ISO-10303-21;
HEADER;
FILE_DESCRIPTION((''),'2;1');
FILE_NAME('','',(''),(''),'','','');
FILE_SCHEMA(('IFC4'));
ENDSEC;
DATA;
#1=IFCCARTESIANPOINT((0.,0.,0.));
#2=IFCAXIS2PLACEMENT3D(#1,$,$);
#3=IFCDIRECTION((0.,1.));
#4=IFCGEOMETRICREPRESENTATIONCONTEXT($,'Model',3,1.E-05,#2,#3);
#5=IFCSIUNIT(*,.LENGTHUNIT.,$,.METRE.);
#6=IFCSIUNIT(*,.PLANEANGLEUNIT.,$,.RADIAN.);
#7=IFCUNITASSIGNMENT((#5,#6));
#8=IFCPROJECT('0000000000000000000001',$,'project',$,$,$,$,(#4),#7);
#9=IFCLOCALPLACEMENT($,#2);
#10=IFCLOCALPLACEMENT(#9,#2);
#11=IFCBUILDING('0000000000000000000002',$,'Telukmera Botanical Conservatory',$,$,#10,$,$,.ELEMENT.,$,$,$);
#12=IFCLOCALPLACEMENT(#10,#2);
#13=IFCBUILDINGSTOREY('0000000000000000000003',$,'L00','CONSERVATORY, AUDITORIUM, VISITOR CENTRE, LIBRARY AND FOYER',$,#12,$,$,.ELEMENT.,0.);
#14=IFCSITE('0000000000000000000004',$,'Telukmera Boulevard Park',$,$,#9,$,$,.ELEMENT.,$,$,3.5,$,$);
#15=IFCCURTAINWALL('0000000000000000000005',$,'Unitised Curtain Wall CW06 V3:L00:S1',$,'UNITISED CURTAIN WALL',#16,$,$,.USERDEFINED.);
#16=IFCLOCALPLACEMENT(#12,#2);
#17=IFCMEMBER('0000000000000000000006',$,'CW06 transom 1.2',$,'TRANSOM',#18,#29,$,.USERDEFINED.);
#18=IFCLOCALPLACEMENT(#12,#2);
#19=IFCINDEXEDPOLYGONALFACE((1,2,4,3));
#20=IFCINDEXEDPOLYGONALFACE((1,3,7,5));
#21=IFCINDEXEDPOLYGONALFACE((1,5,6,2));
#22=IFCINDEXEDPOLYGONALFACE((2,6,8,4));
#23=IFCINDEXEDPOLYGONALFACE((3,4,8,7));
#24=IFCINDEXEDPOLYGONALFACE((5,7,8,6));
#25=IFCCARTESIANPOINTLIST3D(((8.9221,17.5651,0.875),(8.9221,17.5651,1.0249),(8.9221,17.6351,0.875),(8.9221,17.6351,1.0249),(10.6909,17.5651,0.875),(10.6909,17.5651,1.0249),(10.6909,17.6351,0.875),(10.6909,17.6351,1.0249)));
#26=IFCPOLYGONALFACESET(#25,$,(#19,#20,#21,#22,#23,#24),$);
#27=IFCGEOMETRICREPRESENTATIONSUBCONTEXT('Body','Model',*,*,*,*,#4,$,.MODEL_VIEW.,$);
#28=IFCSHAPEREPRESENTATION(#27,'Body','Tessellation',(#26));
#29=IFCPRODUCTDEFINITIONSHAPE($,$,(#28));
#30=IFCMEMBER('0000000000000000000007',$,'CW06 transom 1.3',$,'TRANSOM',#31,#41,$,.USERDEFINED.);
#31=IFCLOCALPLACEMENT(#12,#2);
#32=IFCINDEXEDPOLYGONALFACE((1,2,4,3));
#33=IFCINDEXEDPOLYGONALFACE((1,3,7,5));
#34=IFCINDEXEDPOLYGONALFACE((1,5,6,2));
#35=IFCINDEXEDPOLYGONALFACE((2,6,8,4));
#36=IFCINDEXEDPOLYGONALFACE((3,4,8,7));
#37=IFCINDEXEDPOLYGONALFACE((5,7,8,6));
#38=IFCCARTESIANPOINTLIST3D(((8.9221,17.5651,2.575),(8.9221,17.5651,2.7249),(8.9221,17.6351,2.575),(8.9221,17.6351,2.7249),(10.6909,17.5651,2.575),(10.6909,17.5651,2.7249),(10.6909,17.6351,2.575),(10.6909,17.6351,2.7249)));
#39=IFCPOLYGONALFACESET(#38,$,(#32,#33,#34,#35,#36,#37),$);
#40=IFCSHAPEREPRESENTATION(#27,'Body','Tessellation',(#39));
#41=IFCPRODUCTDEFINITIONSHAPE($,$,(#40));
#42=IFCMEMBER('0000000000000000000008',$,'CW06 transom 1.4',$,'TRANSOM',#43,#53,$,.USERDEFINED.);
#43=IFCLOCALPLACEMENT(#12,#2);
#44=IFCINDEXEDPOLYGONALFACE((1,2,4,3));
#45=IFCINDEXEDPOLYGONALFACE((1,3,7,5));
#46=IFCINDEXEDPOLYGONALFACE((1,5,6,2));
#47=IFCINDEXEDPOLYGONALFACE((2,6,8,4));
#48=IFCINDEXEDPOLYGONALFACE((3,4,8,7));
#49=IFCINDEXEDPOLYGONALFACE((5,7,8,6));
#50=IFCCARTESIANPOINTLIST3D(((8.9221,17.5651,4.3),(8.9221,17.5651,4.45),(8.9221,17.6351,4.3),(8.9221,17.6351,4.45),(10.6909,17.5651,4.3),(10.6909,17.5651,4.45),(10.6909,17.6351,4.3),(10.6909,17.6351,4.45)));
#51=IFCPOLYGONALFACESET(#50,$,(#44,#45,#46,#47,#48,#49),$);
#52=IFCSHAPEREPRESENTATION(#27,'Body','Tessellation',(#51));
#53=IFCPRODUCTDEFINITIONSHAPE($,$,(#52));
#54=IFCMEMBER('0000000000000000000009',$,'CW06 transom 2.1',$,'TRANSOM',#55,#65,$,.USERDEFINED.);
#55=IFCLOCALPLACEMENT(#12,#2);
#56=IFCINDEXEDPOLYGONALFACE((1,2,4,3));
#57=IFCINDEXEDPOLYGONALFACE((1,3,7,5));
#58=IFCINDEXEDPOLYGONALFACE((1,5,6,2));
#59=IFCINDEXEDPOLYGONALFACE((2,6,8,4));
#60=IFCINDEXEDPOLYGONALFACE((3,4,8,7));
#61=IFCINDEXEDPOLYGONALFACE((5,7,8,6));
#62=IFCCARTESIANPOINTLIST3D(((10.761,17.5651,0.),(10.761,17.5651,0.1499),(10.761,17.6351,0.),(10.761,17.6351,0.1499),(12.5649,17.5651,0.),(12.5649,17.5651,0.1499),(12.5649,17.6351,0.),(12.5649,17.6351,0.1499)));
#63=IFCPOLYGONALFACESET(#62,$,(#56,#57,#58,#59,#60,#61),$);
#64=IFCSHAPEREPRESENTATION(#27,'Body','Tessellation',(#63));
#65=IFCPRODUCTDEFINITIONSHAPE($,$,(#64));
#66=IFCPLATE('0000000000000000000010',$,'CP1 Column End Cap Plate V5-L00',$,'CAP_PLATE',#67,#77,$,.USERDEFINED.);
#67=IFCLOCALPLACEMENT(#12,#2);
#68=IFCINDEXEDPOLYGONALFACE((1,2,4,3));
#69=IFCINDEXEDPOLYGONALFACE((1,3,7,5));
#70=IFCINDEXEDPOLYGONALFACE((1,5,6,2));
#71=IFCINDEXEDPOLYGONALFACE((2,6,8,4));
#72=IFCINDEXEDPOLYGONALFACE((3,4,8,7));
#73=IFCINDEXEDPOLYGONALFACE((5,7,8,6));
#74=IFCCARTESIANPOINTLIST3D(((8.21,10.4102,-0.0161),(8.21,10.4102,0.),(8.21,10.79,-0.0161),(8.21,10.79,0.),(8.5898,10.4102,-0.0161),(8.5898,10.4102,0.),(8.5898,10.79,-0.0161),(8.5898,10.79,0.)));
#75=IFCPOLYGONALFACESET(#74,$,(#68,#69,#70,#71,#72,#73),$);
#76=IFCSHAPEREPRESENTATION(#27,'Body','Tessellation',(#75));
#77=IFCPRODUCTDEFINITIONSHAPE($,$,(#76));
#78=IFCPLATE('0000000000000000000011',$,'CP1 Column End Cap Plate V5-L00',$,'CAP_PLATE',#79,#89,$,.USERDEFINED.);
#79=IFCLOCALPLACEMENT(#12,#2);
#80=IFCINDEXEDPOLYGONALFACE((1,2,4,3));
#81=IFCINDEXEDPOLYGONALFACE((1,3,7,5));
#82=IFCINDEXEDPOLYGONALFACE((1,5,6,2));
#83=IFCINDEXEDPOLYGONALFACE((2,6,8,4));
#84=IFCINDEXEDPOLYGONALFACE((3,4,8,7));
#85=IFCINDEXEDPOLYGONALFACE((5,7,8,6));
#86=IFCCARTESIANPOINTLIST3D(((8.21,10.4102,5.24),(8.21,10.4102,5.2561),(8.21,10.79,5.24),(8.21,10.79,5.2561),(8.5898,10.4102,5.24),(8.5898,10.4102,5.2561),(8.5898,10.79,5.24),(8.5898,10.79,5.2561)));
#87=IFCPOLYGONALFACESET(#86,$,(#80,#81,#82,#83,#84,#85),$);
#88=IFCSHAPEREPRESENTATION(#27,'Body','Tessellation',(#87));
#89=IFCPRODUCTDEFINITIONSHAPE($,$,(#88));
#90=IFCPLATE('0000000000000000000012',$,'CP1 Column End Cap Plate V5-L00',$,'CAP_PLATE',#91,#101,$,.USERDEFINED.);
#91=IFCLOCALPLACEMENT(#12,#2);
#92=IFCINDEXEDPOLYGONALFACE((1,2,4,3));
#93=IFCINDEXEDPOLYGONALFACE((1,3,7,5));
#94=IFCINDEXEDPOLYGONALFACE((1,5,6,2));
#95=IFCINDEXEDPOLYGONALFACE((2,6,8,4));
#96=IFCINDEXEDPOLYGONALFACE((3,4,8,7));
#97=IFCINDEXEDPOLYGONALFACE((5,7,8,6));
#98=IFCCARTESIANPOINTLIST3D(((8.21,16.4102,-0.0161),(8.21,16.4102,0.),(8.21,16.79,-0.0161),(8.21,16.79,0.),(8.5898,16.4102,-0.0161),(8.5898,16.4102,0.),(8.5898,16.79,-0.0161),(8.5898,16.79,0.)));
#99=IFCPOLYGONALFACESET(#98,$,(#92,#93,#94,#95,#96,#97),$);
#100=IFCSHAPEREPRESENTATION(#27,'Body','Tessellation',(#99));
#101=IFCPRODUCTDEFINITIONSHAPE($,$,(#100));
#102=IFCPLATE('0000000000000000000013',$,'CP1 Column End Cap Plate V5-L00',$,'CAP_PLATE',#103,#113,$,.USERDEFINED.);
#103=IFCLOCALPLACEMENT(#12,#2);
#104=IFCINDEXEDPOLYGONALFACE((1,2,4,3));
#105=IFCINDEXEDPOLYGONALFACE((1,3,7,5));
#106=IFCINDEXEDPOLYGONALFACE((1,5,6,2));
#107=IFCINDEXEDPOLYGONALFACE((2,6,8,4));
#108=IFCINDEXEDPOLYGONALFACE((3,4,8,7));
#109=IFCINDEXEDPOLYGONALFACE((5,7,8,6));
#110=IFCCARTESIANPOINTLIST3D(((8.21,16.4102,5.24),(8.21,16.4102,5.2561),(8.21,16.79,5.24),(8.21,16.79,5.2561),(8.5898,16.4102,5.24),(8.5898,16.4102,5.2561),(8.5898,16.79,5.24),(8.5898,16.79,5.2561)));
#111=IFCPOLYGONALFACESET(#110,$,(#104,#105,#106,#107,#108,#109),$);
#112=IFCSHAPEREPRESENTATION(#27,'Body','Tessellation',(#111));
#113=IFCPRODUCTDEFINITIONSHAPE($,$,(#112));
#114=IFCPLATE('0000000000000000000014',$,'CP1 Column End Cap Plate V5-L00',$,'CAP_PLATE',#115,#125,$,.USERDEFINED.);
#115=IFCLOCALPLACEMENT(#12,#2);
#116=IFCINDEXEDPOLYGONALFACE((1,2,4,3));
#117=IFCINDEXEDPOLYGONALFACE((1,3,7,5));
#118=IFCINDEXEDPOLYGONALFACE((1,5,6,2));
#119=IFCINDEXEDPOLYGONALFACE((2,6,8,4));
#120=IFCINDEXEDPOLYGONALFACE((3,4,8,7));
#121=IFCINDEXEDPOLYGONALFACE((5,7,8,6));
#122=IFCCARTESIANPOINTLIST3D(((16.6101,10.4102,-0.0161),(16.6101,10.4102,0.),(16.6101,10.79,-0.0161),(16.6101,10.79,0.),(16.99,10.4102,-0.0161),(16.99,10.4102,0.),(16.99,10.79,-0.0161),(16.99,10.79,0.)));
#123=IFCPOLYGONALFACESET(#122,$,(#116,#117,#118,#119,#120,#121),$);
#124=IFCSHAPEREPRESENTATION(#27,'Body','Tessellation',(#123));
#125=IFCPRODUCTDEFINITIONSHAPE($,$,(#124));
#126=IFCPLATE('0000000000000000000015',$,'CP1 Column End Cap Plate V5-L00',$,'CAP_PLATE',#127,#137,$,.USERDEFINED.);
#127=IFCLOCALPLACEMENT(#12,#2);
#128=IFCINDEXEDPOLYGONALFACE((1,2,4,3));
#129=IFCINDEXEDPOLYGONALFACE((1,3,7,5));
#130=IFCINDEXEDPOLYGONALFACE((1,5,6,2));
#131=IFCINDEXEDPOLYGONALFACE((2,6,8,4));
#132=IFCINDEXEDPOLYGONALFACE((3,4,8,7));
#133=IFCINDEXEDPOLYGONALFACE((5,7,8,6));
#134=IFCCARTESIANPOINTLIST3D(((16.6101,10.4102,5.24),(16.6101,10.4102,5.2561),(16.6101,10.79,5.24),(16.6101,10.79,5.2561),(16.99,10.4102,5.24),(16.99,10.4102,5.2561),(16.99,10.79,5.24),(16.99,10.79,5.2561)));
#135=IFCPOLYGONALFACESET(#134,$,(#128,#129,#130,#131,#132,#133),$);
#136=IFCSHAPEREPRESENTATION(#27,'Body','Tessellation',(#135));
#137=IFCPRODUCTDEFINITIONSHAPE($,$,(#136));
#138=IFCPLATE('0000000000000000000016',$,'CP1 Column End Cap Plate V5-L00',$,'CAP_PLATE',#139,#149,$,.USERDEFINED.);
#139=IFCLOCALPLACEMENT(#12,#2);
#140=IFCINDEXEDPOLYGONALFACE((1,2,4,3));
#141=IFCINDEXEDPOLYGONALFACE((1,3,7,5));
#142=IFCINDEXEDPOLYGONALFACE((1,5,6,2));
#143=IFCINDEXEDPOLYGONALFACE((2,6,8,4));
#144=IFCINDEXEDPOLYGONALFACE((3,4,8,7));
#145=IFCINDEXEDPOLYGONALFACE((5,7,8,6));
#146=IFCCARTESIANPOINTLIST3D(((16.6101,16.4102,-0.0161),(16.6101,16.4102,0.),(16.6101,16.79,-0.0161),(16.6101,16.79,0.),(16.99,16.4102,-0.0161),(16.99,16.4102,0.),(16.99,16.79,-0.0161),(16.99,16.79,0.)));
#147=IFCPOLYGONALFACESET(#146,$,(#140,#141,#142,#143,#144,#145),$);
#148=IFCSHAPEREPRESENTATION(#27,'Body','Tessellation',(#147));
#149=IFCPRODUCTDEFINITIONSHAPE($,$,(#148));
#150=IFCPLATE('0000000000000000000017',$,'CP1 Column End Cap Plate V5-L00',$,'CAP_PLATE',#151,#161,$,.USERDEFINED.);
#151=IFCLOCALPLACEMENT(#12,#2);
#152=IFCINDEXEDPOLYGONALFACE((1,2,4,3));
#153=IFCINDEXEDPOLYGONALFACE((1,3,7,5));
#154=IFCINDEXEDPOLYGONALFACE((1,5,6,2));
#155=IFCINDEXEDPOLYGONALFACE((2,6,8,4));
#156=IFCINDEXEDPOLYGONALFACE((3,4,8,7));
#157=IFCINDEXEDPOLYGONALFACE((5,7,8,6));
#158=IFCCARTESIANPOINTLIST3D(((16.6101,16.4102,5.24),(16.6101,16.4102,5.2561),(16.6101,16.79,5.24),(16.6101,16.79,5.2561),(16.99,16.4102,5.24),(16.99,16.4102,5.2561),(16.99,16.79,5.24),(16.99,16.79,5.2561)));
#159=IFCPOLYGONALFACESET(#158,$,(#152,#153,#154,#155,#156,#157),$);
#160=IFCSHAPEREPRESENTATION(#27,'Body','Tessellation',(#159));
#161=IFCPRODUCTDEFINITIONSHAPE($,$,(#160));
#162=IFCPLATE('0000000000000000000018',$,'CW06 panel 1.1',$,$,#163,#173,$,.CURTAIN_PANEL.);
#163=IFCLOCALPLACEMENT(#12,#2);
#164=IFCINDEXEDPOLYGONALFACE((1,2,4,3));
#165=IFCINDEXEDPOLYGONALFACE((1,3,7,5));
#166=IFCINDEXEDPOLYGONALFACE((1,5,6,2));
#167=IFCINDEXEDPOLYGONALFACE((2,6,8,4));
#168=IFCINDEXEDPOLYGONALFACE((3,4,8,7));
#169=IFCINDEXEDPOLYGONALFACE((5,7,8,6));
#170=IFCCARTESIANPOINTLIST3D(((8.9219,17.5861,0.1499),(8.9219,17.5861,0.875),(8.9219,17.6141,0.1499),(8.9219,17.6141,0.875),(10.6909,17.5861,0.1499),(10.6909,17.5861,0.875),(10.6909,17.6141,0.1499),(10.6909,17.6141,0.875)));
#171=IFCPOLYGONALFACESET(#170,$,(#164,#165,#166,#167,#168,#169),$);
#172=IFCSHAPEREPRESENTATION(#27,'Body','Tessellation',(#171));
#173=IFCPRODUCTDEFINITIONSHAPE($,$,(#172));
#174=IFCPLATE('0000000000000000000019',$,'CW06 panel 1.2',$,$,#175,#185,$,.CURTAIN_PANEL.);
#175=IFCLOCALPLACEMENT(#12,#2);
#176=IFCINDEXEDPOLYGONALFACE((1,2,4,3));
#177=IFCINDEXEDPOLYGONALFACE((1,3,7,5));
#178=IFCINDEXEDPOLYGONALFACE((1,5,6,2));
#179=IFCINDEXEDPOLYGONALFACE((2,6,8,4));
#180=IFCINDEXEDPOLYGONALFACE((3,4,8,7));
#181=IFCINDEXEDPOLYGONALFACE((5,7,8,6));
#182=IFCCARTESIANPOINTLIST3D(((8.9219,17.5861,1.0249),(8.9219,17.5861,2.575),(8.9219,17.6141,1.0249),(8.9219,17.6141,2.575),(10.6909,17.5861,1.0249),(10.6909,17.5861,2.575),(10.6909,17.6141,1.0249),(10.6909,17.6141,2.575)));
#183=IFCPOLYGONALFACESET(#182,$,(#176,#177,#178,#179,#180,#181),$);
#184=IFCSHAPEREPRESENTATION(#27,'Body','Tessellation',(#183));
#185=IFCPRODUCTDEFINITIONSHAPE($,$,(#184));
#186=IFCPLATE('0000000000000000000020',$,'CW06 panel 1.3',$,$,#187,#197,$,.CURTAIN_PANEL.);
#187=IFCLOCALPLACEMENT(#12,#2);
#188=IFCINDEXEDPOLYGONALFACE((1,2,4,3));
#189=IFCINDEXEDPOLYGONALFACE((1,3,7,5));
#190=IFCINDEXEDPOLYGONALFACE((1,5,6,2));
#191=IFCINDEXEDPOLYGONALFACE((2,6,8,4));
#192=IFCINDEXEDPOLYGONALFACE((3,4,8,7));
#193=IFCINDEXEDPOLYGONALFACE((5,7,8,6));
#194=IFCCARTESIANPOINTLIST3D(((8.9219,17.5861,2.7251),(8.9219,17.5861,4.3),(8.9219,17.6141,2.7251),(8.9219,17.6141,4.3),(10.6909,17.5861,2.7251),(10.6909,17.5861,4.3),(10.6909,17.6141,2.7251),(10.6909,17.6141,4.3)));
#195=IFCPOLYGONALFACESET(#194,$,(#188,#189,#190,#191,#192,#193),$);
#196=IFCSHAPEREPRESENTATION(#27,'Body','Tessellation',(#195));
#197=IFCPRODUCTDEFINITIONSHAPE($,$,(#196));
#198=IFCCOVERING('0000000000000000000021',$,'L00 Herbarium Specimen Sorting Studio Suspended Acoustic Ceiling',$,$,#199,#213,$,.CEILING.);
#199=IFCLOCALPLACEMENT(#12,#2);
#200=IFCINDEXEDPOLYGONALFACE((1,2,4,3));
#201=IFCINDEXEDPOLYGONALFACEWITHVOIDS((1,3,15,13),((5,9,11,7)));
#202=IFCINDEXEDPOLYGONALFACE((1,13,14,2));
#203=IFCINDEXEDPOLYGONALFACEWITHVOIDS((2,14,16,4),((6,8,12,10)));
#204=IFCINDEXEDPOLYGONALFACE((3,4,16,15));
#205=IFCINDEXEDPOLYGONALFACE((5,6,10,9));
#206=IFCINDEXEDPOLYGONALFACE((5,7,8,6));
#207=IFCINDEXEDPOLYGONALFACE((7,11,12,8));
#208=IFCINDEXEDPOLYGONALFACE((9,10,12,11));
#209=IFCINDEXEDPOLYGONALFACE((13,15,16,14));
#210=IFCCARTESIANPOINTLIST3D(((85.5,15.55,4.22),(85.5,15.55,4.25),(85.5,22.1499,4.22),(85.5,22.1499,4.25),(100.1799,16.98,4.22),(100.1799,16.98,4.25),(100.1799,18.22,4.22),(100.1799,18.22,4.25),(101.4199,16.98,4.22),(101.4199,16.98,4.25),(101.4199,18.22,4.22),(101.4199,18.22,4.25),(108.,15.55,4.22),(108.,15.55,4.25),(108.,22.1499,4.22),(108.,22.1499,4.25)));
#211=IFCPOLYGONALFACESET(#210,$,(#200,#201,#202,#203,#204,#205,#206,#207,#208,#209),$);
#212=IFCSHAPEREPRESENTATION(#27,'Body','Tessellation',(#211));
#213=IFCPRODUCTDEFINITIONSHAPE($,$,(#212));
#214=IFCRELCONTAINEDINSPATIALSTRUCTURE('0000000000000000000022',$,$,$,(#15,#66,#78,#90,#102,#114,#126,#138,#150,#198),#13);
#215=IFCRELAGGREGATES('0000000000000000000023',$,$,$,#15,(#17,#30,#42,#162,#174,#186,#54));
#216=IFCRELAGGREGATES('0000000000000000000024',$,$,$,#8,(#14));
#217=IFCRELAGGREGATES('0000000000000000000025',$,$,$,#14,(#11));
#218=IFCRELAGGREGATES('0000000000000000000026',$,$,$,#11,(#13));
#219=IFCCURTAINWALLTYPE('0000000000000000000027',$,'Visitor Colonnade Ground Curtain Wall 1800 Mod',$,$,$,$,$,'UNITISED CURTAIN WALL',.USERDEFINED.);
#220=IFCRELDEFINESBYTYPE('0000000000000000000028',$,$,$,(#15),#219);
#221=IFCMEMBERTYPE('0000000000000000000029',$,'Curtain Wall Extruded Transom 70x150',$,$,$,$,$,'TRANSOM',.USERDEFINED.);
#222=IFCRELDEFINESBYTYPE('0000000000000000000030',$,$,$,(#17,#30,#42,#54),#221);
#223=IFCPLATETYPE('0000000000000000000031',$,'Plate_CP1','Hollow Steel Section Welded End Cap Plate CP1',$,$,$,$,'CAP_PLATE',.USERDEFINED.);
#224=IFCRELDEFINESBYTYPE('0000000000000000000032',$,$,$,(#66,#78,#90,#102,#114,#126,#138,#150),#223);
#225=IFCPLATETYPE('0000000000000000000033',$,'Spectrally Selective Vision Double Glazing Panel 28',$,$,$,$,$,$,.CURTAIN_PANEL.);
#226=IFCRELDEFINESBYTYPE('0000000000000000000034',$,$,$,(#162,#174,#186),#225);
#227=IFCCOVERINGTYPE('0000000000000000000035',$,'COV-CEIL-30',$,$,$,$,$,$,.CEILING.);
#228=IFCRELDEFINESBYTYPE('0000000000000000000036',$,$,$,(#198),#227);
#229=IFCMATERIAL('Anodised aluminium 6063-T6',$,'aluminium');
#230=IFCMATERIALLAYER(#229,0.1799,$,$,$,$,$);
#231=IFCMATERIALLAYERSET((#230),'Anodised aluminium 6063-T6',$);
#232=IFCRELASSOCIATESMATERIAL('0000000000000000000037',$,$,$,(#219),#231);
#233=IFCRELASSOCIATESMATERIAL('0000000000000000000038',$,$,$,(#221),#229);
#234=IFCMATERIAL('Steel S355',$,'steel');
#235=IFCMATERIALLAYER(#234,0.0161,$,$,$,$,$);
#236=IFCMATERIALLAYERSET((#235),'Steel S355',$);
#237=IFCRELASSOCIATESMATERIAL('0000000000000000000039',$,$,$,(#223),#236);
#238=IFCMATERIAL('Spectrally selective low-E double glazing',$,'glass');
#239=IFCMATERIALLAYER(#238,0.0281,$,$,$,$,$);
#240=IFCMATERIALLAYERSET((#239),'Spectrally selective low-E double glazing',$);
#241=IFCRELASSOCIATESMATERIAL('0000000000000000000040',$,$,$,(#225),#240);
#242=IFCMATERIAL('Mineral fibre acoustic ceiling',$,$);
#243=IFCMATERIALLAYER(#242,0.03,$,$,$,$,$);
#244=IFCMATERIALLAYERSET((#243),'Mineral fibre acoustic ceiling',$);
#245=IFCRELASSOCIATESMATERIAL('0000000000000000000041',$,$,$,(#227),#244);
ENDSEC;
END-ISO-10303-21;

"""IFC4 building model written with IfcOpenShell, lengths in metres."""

from ifc_helpers import new_model, si_unit, direction, frame, origin, origin_2d, place, context, subcontext, project, spatial, polyline, rectangle, outline, extrude, material, layer, layer_set, material_profile, profile_set, type_object, element, aggregate, save


model = new_model("IFC4")

# Units and contexts
model_context = context("Model", 3, precision=1e-05, world=origin(), true_north=direction((0.0, 1.0)))
body_context = subcontext(model_context, "Body", "Model", "MODEL_VIEW")
ifc_project = project(units=[si_unit("LENGTHUNIT", "METRE"), si_unit("PLANEANGLEUNIT", "RADIAN")], contexts=[model_context])

# Site, building, storey
site_placement = place(None, origin())
site = spatial("IfcSite", under=ifc_project, at=site_placement, Name="Telukmera Boulevard Park", CompositionType="ELEMENT", RefElevation=3.5)
building_placement = place(site_placement, origin())
building = spatial("IfcBuilding", under=site, at=building_placement, Name="Telukmera Botanical Conservatory", CompositionType="ELEMENT")
storey_placement = place(building_placement, origin())
storey = spatial("IfcBuildingStorey", under=building, at=storey_placement, Name="L00", Description="CONSERVATORY, AUDITORIUM, VISITOR CENTRE, LIBRARY AND FOYER", CompositionType="ELEMENT", Elevation=0.0)

# Shared definitions
ifc_material_1 = material(Name="Steel S355", Category="steel")

# Curtain wall, members
ifc_material_2 = material(Name="Anodised aluminium 6063-T6", Category="aluminium")
ifc_layer_1 = layer(ifc_material_2, 0.1799)
ifc_layer_set_1 = layer_set([ifc_layer_1], Name="Anodised aluminium 6063-T6")
curtain_wall_type = type_object("IfcCurtainWallType", Name="Visitor Colonnade Ground Curtain Wall 1800 Mod", ElementType="UNITISED CURTAIN WALL", PredefinedType="USERDEFINED", material=ifc_layer_set_1)
curtain_wall_placement = place(storey_placement, origin())
curtain_wall = element("IfcCurtainWall", 1, at=curtain_wall_placement, inside=storey, type_object=curtain_wall_type, Name="Unitised Curtain Wall CW06 V3:L00:S1", ObjectType="UNITISED CURTAIN WALL", PredefinedType="USERDEFINED")
ifc_material_profile_1 = material_profile(ifc_material_2, rectangle(XDim=0.0701, YDim=0.1499, at=origin_2d()), Name="ALU TRAN 70x150")
ifc_profile_set_1 = profile_set([ifc_material_profile_1], Name="Anodised aluminium 6063-T6")
member_type_1 = type_object("IfcMemberType", Name="Curtain Wall Extruded Transom 70x150", ElementType="TRANSOM", PredefinedType="USERDEFINED", material=ifc_profile_set_1)
member_1_placement = place(storey_placement, frame((8.9221, 17.6001, 0.95), z_axis=(1.0, 0.0, 0.0), x_axis=(0.0, 1.0, 0.0)))
member_1 = element("IfcMember", 2, at=member_1_placement, type_object=member_type_1, Name="CW06 transom 1.2", ObjectType="TRANSOM", PredefinedType="USERDEFINED", context=body_context, shape_type="SweptSolid", body=[
    extrude(rectangle(XDim=0.0701, YDim=0.1499, at=origin_2d()), origin(), (0.0, 0.0, 1.0), 1.7688),
])
member_2_placement = place(storey_placement, frame((8.9221, 17.6001, 2.6499), z_axis=(1.0, 0.0, 0.0), x_axis=(0.0, 1.0, 0.0)))
member_2 = element("IfcMember", 3, at=member_2_placement, type_object=member_type_1, Name="CW06 transom 1.3", ObjectType="TRANSOM", PredefinedType="USERDEFINED", context=body_context, shape_type="SweptSolid", body=[
    extrude(rectangle(XDim=0.0701, YDim=0.1499, at=origin_2d()), origin(), (0.0, 0.0, 1.0), 1.7688),
])
member_3_placement = place(storey_placement, frame((8.9221, 17.6001, 4.375), z_axis=(1.0, 0.0, 0.0), x_axis=(0.0, 1.0, 0.0)))
member_3 = element("IfcMember", 4, at=member_3_placement, type_object=member_type_1, Name="CW06 transom 1.4", ObjectType="TRANSOM", PredefinedType="USERDEFINED", context=body_context, shape_type="SweptSolid", body=[
    extrude(rectangle(XDim=0.0701, YDim=0.1499, at=origin_2d()), origin(), (0.0, 0.0, 1.0), 1.7688),
])
member_4_placement = place(storey_placement, frame((10.761, 17.6001, 0.075), z_axis=(1.0, 0.0, 0.0), x_axis=(0.0, 1.0, 0.0)))
member_4 = element("IfcMember", 5, at=member_4_placement, type_object=member_type_1, Name="CW06 transom 2.1", ObjectType="TRANSOM", PredefinedType="USERDEFINED", context=body_context, shape_type="SweptSolid", body=[
    extrude(rectangle(XDim=0.0701, YDim=0.1499, at=origin_2d()), origin(), (0.0, 0.0, 1.0), 1.804),
])

# Plates
ifc_layer_2 = layer(ifc_material_1, 0.0161)
ifc_layer_set_2 = layer_set([ifc_layer_2], Name="Steel S355")
plate_type_1 = type_object("IfcPlateType", Name="Plate_CP1", Description="Hollow Steel Section Welded End Cap Plate CP1", ElementType="CAP_PLATE", PredefinedType="USERDEFINED", material=ifc_layer_set_2)
for number, where, z_axis, x_axis, name in (
    (6, (8.3999, 10.6001, -0.0161), (0.0, 0.0, 1.0), (1.0, 0.0, 0.0), "CP1 Column End Cap Plate V5-L00"),
    (7, (8.3999, 10.6001, 5.24), (0.0, 0.0, 1.0), (1.0, 0.0, 0.0), "CP1 Column End Cap Plate V5-L00"),
    (8, (8.3999, 16.6001, -0.0161), (0.0, 0.0, 1.0), (1.0, 0.0, 0.0), "CP1 Column End Cap Plate V5-L00"),
    (9, (8.3999, 16.6001, 5.24), (0.0, 0.0, 1.0), (1.0, 0.0, 0.0), "CP1 Column End Cap Plate V5-L00"),
    (10, (16.8, 10.6001, -0.0161), (0.0, 0.0, 1.0), (1.0, 0.0, 0.0), "CP1 Column End Cap Plate V5-L00"),
    (11, (16.8, 10.6001, 5.24), (0.0, 0.0, 1.0), (1.0, 0.0, 0.0), "CP1 Column End Cap Plate V5-L00"),
    (12, (16.8, 16.6001, -0.0161), (0.0, 0.0, 1.0), (1.0, 0.0, 0.0), "CP1 Column End Cap Plate V5-L00"),
    (13, (16.8, 16.6001, 5.24), (0.0, 0.0, 1.0), (1.0, 0.0, 0.0), "CP1 Column End Cap Plate V5-L00"),
):
    element("IfcPlate", number, at=place(storey_placement, frame(where, z_axis=z_axis, x_axis=x_axis)), inside=storey, type_object=plate_type_1, Name=name, ObjectType="CAP_PLATE", PredefinedType="USERDEFINED", context=body_context, shape_type="SweptSolid", body=[
        extrude(rectangle(XDim=0.3799, YDim=0.3799, at=origin_2d()), origin(), (0.0, 0.0, 1.0), 0.0161),
    ])

# Plates
ifc_material_3 = material(Name="Spectrally selective low-E double glazing", Category="glass")
ifc_layer_3 = layer(ifc_material_3, 0.0281)
ifc_layer_set_3 = layer_set([ifc_layer_3], Name="Spectrally selective low-E double glazing")
plate_type_2 = type_object("IfcPlateType", Name="Spectrally Selective Vision Double Glazing Panel 28", PredefinedType="CURTAIN_PANEL", material=ifc_layer_set_3)
plate_1_placement = place(storey_placement, frame((9.8064, 17.6001, 0.1499), z_axis=(0.0, 0.0, 1.0), x_axis=(1.0, 0.0, 0.0)))
plate_1 = element("IfcPlate", 14, at=plate_1_placement, type_object=plate_type_2, Name="CW06 panel 1.1", PredefinedType="CURTAIN_PANEL", context=body_context, shape_type="SweptSolid", body=[
    extrude(rectangle(XDim=1.769, YDim=0.0281, at=origin_2d()), origin(), (0.0, 0.0, 1.0), 0.7251),
])
plate_2_placement = place(storey_placement, frame((9.8064, 17.6001, 1.0249), z_axis=(0.0, 0.0, 1.0), x_axis=(1.0, 0.0, 0.0)))
plate_2 = element("IfcPlate", 15, at=plate_2_placement, type_object=plate_type_2, Name="CW06 panel 1.2", PredefinedType="CURTAIN_PANEL", context=body_context, shape_type="SweptSolid", body=[
    extrude(rectangle(XDim=1.769, YDim=0.0281, at=origin_2d()), origin(), (0.0, 0.0, 1.0), 1.55),
])
plate_3_placement = place(storey_placement, frame((9.8064, 17.6001, 2.7251), z_axis=(0.0, 0.0, 1.0), x_axis=(1.0, 0.0, 0.0)))
plate_3 = element("IfcPlate", 16, at=plate_3_placement, type_object=plate_type_2, Name="CW06 panel 1.3", PredefinedType="CURTAIN_PANEL", context=body_context, shape_type="SweptSolid", body=[
    extrude(rectangle(XDim=1.769, YDim=0.0281, at=origin_2d()), origin(), (0.0, 0.0, 1.0), 1.575),
])
aggregate(curtain_wall, [member_1, member_2, member_3, plate_1, plate_2, plate_3, member_4])

# Covering
ifc_material_4 = material(Name="Mineral fibre acoustic ceiling")
ifc_layer_4 = layer(ifc_material_4, 0.03)
ifc_layer_set_4 = layer_set([ifc_layer_4], Name="Mineral fibre acoustic ceiling")
covering_type_1 = type_object("IfcCoveringType", Name="COV-CEIL-30", PredefinedType="CEILING", material=ifc_layer_set_4)
covering_1_placement = place(storey_placement, frame((0.0, 0.0, 4.22)))
element("IfcCovering", 17, at=covering_1_placement, inside=storey, type_object=covering_type_1, Name="L00 Herbarium Specimen Sorting Studio Suspended Acoustic Ceiling", PredefinedType="CEILING", context=body_context, shape_type="SweptSolid", body=[
    extrude(outline(polyline([(85.5, 15.55), (108.0, 15.55), (108.0, 22.1499), (85.5, 22.1499), (85.5, 15.55)]), holes=[polyline([(100.1799, 16.98), (101.4199, 16.98), (101.4199, 18.22), (100.1799, 18.22), (100.1799, 16.98)])]), origin(), (0.0, 0.0, 1.0), 0.03),
])

save(model, "model.ifc")
